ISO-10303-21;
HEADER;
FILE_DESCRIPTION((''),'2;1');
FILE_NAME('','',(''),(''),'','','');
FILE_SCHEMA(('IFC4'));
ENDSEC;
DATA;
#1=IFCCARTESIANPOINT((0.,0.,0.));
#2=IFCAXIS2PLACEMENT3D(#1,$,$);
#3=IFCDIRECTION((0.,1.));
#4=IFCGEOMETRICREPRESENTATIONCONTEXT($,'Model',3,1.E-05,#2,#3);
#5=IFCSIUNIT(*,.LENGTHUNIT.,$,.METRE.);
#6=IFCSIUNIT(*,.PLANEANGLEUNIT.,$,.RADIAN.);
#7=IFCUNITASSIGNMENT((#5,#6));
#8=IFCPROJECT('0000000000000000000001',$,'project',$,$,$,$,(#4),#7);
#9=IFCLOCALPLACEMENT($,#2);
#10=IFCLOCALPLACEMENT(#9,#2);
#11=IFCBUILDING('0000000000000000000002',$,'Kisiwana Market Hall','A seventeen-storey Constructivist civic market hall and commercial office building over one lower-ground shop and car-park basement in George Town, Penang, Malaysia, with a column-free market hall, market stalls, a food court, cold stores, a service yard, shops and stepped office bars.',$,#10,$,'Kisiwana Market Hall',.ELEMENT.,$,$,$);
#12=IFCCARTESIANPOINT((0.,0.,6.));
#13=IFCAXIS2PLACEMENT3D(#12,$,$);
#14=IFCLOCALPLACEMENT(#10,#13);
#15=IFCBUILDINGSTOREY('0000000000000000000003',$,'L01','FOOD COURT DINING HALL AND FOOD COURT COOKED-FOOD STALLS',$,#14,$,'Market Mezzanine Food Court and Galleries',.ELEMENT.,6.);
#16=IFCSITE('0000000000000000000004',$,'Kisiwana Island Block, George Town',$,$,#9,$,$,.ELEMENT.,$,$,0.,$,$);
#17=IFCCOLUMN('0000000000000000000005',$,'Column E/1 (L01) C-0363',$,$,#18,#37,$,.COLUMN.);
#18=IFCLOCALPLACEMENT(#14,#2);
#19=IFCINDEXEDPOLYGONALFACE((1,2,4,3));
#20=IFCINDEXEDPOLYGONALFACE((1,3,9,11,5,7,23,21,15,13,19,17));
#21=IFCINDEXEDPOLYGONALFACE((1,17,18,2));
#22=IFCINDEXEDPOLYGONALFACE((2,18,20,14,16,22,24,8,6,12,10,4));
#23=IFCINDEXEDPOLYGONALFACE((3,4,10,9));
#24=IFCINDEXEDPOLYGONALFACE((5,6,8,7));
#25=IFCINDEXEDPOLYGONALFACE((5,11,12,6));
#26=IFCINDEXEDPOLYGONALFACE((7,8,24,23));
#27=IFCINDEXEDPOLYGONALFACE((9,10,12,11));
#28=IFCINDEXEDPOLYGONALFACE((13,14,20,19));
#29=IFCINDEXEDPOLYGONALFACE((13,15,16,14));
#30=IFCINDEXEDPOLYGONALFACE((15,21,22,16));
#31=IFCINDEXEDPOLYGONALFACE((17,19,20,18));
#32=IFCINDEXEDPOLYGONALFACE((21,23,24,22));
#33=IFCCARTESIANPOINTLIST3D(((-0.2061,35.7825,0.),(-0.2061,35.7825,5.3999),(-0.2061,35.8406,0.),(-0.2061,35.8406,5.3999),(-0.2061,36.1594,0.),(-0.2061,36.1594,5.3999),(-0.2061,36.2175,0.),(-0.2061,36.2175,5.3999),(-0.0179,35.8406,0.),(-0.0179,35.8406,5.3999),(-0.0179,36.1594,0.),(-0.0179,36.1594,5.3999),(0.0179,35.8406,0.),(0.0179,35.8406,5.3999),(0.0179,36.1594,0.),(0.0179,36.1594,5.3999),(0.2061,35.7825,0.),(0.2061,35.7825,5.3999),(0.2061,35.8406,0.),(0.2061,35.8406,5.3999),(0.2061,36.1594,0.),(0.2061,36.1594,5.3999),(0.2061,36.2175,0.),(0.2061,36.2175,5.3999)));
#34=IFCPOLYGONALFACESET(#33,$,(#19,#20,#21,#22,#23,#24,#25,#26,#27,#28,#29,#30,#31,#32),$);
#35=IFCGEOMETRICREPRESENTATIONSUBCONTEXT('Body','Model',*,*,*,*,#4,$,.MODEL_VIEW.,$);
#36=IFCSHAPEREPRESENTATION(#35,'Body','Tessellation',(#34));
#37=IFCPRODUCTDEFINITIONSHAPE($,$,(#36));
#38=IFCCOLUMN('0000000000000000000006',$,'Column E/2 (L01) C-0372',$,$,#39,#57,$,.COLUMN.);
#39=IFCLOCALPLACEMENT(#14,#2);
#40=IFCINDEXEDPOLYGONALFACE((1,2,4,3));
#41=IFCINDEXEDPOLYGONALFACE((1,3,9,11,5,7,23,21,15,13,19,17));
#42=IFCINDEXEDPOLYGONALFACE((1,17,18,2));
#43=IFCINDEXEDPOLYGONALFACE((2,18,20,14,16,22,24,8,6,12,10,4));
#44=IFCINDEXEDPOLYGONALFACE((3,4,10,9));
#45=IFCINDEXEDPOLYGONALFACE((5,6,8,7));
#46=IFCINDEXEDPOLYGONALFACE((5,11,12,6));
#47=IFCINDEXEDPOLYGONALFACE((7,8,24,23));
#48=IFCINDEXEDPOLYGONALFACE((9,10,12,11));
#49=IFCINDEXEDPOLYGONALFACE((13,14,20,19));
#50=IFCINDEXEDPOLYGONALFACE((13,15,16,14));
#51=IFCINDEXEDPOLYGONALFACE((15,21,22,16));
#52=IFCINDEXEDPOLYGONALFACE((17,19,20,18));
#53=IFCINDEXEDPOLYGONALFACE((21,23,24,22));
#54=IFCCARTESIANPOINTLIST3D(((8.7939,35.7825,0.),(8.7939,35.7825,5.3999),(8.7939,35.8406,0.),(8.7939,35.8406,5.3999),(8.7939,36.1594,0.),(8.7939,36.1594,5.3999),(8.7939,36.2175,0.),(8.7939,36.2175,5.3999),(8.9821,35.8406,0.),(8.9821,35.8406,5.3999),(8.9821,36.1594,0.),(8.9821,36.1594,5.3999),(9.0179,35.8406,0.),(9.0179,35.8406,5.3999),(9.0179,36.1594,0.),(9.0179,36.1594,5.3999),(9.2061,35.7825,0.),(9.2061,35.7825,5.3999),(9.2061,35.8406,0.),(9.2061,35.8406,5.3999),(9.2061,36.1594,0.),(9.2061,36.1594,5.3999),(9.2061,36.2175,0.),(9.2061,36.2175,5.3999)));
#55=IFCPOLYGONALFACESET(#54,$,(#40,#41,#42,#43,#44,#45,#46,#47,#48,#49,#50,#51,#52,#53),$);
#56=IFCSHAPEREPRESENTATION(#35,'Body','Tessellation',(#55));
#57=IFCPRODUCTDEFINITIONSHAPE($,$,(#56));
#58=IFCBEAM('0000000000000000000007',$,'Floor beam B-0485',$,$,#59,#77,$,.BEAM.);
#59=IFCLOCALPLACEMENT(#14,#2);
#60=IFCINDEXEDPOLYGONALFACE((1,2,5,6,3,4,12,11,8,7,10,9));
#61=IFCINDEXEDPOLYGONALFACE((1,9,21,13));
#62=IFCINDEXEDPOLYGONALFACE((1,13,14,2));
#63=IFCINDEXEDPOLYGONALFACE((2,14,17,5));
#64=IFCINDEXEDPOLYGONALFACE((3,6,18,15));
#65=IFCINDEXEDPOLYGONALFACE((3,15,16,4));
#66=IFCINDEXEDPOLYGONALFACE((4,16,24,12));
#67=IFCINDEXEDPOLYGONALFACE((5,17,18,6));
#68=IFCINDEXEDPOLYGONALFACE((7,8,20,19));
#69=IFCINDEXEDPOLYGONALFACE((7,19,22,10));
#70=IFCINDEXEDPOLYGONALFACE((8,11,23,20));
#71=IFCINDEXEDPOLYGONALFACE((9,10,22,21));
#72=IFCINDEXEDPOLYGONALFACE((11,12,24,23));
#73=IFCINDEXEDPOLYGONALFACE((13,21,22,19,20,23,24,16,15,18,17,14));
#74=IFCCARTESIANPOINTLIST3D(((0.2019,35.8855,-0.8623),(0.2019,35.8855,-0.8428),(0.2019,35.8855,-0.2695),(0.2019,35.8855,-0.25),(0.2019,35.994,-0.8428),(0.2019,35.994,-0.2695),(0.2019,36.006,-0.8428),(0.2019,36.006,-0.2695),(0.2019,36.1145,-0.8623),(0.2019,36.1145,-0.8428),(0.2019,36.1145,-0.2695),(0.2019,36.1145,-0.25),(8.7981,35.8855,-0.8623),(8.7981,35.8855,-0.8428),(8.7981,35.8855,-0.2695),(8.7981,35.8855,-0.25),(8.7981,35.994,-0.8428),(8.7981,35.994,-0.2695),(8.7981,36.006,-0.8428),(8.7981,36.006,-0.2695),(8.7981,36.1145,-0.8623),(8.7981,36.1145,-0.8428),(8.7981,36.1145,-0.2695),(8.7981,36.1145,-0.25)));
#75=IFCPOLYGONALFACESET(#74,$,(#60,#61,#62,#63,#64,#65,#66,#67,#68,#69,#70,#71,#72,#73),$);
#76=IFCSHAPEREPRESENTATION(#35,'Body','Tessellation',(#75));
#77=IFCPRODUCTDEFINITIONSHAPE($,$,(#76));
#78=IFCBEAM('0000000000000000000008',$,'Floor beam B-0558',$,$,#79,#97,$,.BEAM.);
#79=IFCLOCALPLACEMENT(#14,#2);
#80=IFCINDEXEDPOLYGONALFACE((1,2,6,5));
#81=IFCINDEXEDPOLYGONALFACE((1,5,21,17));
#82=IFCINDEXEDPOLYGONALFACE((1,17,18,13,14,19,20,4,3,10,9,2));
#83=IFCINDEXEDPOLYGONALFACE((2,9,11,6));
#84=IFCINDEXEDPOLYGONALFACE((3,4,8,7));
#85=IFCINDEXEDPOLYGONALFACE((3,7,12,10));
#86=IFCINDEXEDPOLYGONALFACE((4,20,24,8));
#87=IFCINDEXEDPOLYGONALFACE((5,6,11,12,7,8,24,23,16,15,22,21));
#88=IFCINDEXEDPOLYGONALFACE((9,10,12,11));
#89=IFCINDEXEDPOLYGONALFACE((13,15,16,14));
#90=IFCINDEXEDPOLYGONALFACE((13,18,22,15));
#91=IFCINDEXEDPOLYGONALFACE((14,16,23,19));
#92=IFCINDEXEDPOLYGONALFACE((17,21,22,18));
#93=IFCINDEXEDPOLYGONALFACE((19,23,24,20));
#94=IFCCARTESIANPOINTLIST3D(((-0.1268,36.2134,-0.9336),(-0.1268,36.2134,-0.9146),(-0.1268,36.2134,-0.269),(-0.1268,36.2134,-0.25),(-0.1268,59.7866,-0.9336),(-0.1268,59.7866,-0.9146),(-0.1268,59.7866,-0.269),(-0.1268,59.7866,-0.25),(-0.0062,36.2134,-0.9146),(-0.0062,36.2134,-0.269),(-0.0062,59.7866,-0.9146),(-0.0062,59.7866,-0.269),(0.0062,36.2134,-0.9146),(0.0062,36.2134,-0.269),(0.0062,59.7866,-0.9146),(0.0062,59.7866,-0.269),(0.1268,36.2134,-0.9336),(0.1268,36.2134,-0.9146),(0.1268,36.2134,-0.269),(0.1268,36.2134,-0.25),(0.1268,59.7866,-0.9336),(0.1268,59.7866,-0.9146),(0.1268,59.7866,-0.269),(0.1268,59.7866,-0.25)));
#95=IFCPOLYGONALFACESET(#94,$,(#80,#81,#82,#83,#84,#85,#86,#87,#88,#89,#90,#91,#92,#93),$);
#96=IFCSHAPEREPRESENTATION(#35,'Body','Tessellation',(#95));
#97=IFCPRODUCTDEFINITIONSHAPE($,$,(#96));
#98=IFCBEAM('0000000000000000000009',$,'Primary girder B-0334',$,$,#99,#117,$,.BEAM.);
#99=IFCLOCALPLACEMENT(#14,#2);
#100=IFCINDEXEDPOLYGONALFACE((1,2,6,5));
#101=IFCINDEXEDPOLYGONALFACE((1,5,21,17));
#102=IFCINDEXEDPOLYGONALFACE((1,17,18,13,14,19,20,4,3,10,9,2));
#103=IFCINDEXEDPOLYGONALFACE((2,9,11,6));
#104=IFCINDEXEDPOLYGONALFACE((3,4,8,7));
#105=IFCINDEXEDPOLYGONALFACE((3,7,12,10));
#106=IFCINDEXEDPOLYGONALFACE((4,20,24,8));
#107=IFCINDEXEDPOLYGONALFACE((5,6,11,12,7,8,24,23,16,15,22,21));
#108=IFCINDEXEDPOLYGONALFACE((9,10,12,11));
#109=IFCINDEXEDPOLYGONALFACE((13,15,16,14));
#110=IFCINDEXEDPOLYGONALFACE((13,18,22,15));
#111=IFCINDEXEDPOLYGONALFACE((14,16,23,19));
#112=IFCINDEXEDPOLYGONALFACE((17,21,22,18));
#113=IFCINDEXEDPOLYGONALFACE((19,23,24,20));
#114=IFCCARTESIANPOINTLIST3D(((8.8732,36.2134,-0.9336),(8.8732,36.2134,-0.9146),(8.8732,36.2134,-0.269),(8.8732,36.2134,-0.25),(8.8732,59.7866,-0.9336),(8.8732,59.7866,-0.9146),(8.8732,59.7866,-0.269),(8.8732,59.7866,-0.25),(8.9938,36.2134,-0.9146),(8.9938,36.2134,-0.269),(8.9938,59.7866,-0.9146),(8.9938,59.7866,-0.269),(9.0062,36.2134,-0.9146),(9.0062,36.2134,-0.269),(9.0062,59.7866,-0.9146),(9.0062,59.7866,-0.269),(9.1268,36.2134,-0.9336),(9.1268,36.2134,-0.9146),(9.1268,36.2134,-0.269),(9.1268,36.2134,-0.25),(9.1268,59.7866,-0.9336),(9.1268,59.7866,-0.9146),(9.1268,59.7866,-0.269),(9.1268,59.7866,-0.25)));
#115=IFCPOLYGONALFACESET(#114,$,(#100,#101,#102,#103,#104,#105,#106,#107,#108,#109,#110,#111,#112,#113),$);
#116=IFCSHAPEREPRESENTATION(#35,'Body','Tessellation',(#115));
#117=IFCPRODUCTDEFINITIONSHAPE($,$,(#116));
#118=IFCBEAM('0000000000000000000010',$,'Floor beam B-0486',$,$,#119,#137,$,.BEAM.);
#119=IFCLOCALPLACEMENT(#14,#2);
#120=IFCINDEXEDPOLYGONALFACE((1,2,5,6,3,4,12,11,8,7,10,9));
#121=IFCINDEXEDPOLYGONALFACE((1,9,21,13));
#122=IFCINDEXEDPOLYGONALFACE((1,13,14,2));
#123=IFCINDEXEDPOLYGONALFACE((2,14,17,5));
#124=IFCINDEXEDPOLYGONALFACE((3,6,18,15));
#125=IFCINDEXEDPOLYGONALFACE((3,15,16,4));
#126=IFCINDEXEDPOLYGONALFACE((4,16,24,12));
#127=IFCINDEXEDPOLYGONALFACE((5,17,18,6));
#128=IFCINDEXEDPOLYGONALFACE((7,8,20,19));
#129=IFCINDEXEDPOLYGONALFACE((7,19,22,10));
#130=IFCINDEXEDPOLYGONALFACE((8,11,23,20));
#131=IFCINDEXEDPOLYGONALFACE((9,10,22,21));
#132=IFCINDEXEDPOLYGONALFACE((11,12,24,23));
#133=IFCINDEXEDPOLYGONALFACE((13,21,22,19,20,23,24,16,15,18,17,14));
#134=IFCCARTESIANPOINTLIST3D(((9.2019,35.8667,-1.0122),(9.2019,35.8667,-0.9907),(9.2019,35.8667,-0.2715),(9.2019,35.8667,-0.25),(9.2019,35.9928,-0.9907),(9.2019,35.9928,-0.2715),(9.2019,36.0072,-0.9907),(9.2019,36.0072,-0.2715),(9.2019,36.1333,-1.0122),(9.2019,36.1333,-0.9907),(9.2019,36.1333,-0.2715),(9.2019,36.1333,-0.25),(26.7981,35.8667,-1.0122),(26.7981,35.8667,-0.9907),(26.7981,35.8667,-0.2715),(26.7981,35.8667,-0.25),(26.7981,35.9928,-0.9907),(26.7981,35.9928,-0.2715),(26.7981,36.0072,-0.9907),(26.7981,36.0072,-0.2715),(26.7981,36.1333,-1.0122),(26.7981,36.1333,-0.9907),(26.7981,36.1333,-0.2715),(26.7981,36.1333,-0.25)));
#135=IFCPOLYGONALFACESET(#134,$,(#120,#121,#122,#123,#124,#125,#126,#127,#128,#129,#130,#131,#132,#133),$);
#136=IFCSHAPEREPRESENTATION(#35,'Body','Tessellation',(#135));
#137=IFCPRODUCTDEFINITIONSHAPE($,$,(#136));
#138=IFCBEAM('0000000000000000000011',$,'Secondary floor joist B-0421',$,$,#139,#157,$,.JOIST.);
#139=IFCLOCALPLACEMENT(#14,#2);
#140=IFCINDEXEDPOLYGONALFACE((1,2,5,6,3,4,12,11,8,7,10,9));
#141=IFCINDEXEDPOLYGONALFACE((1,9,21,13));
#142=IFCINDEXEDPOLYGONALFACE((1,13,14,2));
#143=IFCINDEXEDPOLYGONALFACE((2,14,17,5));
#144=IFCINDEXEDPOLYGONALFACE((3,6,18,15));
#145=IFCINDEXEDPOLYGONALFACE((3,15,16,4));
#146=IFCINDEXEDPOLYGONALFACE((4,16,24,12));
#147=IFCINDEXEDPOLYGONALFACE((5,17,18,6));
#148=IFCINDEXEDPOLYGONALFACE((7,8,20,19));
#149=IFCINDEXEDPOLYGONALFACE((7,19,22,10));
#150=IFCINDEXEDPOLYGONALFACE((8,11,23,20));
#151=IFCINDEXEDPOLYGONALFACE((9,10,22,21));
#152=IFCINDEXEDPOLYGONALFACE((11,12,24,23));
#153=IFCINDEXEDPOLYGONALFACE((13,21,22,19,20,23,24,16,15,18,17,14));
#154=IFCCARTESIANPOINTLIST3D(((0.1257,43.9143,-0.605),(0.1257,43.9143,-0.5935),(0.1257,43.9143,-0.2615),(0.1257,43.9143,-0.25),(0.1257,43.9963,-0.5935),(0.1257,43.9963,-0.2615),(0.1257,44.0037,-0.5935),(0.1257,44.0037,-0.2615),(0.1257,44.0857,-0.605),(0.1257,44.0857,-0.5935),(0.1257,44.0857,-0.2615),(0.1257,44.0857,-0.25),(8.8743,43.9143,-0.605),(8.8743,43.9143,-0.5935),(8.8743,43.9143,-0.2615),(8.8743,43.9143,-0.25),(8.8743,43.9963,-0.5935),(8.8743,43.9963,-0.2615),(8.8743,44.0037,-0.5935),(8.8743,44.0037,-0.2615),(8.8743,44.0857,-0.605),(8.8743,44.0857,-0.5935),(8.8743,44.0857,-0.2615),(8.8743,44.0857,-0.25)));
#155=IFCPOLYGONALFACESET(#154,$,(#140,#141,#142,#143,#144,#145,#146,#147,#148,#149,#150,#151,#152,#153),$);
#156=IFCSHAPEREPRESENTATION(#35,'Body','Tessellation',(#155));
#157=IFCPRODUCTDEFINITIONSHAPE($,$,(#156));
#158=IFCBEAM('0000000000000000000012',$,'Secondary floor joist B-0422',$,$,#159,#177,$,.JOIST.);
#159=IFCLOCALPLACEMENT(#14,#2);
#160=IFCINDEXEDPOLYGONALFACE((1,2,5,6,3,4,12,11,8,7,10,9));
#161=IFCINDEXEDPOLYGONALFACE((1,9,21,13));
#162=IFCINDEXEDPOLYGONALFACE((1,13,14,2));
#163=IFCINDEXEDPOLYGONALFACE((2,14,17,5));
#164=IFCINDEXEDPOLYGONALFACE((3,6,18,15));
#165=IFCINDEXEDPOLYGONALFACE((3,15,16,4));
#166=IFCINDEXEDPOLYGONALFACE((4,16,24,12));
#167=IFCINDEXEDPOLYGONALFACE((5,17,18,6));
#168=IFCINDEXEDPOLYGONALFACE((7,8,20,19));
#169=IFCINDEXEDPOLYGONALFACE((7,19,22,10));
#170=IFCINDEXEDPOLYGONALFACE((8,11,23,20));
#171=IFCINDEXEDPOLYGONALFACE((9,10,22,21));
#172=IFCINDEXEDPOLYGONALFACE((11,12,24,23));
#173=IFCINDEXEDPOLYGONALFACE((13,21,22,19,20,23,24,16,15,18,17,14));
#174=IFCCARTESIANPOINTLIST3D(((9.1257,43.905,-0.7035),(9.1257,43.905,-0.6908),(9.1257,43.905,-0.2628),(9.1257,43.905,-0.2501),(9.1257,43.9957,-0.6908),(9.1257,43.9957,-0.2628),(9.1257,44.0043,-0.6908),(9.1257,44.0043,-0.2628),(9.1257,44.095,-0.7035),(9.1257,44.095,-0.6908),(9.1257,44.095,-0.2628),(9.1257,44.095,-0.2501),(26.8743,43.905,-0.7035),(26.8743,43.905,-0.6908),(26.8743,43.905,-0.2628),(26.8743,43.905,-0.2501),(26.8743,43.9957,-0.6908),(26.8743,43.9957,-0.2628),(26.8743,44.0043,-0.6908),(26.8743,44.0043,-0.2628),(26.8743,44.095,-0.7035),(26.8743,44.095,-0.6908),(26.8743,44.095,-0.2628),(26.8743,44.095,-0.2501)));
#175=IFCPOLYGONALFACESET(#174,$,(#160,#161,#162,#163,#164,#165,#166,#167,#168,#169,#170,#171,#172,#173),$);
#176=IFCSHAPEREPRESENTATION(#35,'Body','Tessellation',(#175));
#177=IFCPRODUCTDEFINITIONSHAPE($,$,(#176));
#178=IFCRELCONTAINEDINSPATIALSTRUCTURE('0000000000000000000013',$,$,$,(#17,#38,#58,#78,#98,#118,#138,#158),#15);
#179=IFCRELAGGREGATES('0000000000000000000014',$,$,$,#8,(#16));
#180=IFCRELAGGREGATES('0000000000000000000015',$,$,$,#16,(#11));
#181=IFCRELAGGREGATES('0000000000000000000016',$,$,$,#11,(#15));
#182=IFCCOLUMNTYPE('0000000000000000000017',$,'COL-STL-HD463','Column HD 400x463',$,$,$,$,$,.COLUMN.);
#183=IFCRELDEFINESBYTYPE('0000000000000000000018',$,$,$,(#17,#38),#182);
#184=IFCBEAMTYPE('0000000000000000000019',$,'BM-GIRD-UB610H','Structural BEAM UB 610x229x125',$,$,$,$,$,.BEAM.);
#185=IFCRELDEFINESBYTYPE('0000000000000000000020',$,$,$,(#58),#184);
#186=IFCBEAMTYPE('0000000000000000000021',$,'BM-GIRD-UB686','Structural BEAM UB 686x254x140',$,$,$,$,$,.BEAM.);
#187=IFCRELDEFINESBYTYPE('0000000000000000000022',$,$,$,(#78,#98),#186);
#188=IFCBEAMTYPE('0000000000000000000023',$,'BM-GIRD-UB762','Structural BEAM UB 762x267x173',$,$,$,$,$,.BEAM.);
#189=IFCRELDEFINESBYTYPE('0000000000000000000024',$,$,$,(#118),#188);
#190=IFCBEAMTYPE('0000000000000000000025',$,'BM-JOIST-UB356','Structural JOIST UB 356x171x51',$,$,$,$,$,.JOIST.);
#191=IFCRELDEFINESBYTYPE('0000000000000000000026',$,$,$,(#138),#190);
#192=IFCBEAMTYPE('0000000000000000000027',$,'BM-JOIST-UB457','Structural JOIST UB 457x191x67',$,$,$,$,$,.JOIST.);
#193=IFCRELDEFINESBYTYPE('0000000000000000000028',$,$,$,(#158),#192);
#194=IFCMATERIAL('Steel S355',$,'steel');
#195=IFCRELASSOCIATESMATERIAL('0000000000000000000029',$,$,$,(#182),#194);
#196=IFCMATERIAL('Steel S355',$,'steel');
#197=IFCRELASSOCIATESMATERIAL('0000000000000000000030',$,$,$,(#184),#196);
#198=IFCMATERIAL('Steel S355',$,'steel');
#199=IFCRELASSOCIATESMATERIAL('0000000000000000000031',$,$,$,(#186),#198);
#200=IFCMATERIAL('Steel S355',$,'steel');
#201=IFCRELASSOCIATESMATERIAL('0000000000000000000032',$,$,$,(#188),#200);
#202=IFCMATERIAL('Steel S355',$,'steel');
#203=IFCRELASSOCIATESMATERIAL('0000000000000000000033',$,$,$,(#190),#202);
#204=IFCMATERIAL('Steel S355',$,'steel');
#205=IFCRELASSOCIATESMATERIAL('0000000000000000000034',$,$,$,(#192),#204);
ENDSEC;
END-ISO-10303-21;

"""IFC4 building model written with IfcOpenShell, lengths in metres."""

from ifc_helpers import new_model, si_unit, direction, frame, origin, origin_2d, place, context, subcontext, project, spatial, i_section, extrude, material, material_profile, profile_set, type_object, element, save


model = new_model("IFC4")

# Units and contexts
model_context = context("Model", 3, precision=1e-05, world=origin(), true_north=direction((0.0, 1.0)))
body_context = subcontext(model_context, "Body", "Model", "MODEL_VIEW")
ifc_project = project(units=[si_unit("LENGTHUNIT", "METRE"), si_unit("PLANEANGLEUNIT", "RADIAN")], contexts=[model_context])

# Site, building, storey
site_placement = place(None, origin())
site = spatial("IfcSite", under=ifc_project, at=site_placement, Name="Kisiwana Island Block, George Town", CompositionType="ELEMENT", RefElevation=0.0)
building_placement = place(site_placement, origin())
building = spatial("IfcBuilding", under=site, at=building_placement, Name="Kisiwana Market Hall", Description="A seventeen-storey Constructivist civic market hall and commercial office building over one lower-ground shop and car-park basement in George Town, Penang, Malaysia, with a column-free market hall, market stalls, a food court, cold stores, a service yard, shops and stepped office bars.", LongName="Kisiwana Market Hall", CompositionType="ELEMENT")
storey_placement = place(building_placement, frame((0.0, 0.0, 6.0)))
storey = spatial("IfcBuildingStorey", under=building, at=storey_placement, Name="L01", Description="FOOD COURT DINING HALL AND FOOD COURT COOKED-FOOD STALLS", LongName="Market Mezzanine Food Court and Galleries", CompositionType="ELEMENT", Elevation=6.0)

# Columns
ifc_material_1 = material(Name="Steel S355", Category="steel")
ifc_material_profile_1 = material_profile(ifc_material_1, i_section(OverallWidth=0.4121, OverallDepth=0.4351, WebThickness=0.0359, FlangeThickness=0.0581, at=origin_2d()), Name="HD 400x463")
ifc_profile_set_1 = profile_set([ifc_material_profile_1], Name="Steel S355")
column_type = type_object("IfcColumnType", Name="COL-STL-HD463", Description="Column HD 400x463", PredefinedType="COLUMN", material=ifc_profile_set_1)
for number, where, z_axis, x_axis, name in (
    (1, (0.0, 36.0, 0.0), (0.0, 0.0, 1.0), (1.0, 0.0, 0.0), "Column E/1 (L01) C-0363"),
    (2, (9.0, 36.0, 0.0), (0.0, 0.0, 1.0), (1.0, 0.0, 0.0), "Column E/2 (L01) C-0372"),
):
    element("IfcColumn", number, at=place(storey_placement, frame(where, z_axis=z_axis, x_axis=x_axis)), inside=storey, type_object=column_type, Name=name, PredefinedType="COLUMN", context=body_context, shape_type="SweptSolid", body=[
        extrude(i_section(OverallWidth=0.4121, OverallDepth=0.4351, WebThickness=0.0359, FlangeThickness=0.0581, at=origin_2d()), origin(), (0.0, 0.0, 1.0), 5.3999),
    ])

# Beams
ifc_material_2 = material(Name="Steel S355", Category="steel")
ifc_material_profile_2 = material_profile(ifc_material_2, i_section(OverallWidth=0.229, OverallDepth=0.6123, WebThickness=0.012, FlangeThickness=0.0195, at=origin_2d()), Name="UB 610x229x125")
ifc_profile_set_2 = profile_set([ifc_material_profile_2], Name="Steel S355")
beam_type_1 = type_object("IfcBeamType", Name="BM-GIRD-UB610H", Description="Structural BEAM UB 610x229x125", PredefinedType="BEAM", material=ifc_profile_set_2)
beam_1_placement = place(storey_placement, frame((0.2019, 36.0, -0.5562), z_axis=(1.0, 0.0, 0.0), x_axis=(0.0, 1.0, 0.0)))
element("IfcBeam", 3, at=beam_1_placement, inside=storey, type_object=beam_type_1, Name="Floor beam B-0485", PredefinedType="BEAM", context=body_context, shape_type="SweptSolid", body=[
    extrude(i_section(OverallWidth=0.229, OverallDepth=0.6123, WebThickness=0.012, FlangeThickness=0.0195, at=origin_2d()), origin(), (0.0, 0.0, 1.0), 8.5962),
])
ifc_material_3 = material(Name="Steel S355", Category="steel")
ifc_material_profile_3 = material_profile(ifc_material_3, i_section(OverallWidth=0.2537, OverallDepth=0.6836, WebThickness=0.0125, FlangeThickness=0.019, at=origin_2d()), Name="UB 686x254x140")
ifc_profile_set_3 = profile_set([ifc_material_profile_3], Name="Steel S355")
beam_type_2 = type_object("IfcBeamType", Name="BM-GIRD-UB686", Description="Structural BEAM UB 686x254x140", PredefinedType="BEAM", material=ifc_profile_set_3)
for number, where, z_axis, x_axis, name in (
    (4, (0.0, 36.2134, -0.5918), (0.0, 1.0, 0.0), (-1.0, 0.0, 0.0), "Floor beam B-0558"),
    (5, (9.0, 36.2134, -0.5918), (0.0, 1.0, 0.0), (-1.0, 0.0, 0.0), "Primary girder B-0334"),
):
    element("IfcBeam", number, at=place(storey_placement, frame(where, z_axis=z_axis, x_axis=x_axis)), inside=storey, type_object=beam_type_2, Name=name, PredefinedType="BEAM", context=body_context, shape_type="SweptSolid", body=[
        extrude(i_section(OverallWidth=0.2537, OverallDepth=0.6836, WebThickness=0.0125, FlangeThickness=0.019, at=origin_2d()), origin(), (0.0, 0.0, 1.0), 23.5732),
    ])
ifc_material_4 = material(Name="Steel S355", Category="steel")
ifc_material_profile_4 = material_profile(ifc_material_4, i_section(OverallWidth=0.2666, OverallDepth=0.7622, WebThickness=0.0144, FlangeThickness=0.0215, at=origin_2d()), Name="UB 762x267x173")
ifc_profile_set_4 = profile_set([ifc_material_profile_4], Name="Steel S355")
beam_type_3 = type_object("IfcBeamType", Name="BM-GIRD-UB762", Description="Structural BEAM UB 762x267x173", PredefinedType="BEAM", material=ifc_profile_set_4)
beam_2_placement = place(storey_placement, frame((9.2019, 36.0, -0.6311), z_axis=(1.0, 0.0, 0.0), x_axis=(0.0, 1.0, 0.0)))
element("IfcBeam", 6, at=beam_2_placement, inside=storey, type_object=beam_type_3, Name="Floor beam B-0486", PredefinedType="BEAM", context=body_context, shape_type="SweptSolid", body=[
    extrude(i_section(OverallWidth=0.2666, OverallDepth=0.7622, WebThickness=0.0144, FlangeThickness=0.0215, at=origin_2d()), origin(), (0.0, 0.0, 1.0), 17.5962),
])
ifc_material_5 = material(Name="Steel S355", Category="steel")
ifc_material_profile_5 = material_profile(ifc_material_5, i_section(OverallWidth=0.1714, OverallDepth=0.355, WebThickness=0.0073, FlangeThickness=0.0115, at=origin_2d()), Name="UB 356x171x51")
ifc_profile_set_5 = profile_set([ifc_material_profile_5], Name="Steel S355")
beam_type_4 = type_object("IfcBeamType", Name="BM-JOIST-UB356", Description="Structural JOIST UB 356x171x51", PredefinedType="JOIST", material=ifc_profile_set_5)
beam_3_placement = place(storey_placement, frame((0.1257, 44.0, -0.4275), z_axis=(1.0, 0.0, 0.0), x_axis=(0.0, 1.0, 0.0)))
element("IfcBeam", 7, at=beam_3_placement, inside=storey, type_object=beam_type_4, Name="Secondary floor joist B-0421", PredefinedType="JOIST", context=body_context, shape_type="SweptSolid", body=[
    extrude(i_section(OverallWidth=0.1714, OverallDepth=0.355, WebThickness=0.0073, FlangeThickness=0.0115, at=origin_2d()), origin(), (0.0, 0.0, 1.0), 8.7485),
])
ifc_material_6 = material(Name="Steel S355", Category="steel")
ifc_material_profile_6 = material_profile(ifc_material_6, i_section(OverallWidth=0.1899, OverallDepth=0.4534, WebThickness=0.0085, FlangeThickness=0.0127, at=origin_2d()), Name="UB 457x191x67")
ifc_profile_set_6 = profile_set([ifc_material_profile_6], Name="Steel S355")
beam_type_5 = type_object("IfcBeamType", Name="BM-JOIST-UB457", Description="Structural JOIST UB 457x191x67", PredefinedType="JOIST", material=ifc_profile_set_6)
beam_4_placement = place(storey_placement, frame((9.1257, 44.0, -0.4768), z_axis=(1.0, 0.0, 0.0), x_axis=(0.0, 1.0, 0.0)))
element("IfcBeam", 8, at=beam_4_placement, inside=storey, type_object=beam_type_5, Name="Secondary floor joist B-0422", PredefinedType="JOIST", context=body_context, shape_type="SweptSolid", body=[
    extrude(i_section(OverallWidth=0.1899, OverallDepth=0.4534, WebThickness=0.0085, FlangeThickness=0.0127, at=origin_2d()), origin(), (0.0, 0.0, 1.0), 17.7485),
])

save(model, "model.ifc")
